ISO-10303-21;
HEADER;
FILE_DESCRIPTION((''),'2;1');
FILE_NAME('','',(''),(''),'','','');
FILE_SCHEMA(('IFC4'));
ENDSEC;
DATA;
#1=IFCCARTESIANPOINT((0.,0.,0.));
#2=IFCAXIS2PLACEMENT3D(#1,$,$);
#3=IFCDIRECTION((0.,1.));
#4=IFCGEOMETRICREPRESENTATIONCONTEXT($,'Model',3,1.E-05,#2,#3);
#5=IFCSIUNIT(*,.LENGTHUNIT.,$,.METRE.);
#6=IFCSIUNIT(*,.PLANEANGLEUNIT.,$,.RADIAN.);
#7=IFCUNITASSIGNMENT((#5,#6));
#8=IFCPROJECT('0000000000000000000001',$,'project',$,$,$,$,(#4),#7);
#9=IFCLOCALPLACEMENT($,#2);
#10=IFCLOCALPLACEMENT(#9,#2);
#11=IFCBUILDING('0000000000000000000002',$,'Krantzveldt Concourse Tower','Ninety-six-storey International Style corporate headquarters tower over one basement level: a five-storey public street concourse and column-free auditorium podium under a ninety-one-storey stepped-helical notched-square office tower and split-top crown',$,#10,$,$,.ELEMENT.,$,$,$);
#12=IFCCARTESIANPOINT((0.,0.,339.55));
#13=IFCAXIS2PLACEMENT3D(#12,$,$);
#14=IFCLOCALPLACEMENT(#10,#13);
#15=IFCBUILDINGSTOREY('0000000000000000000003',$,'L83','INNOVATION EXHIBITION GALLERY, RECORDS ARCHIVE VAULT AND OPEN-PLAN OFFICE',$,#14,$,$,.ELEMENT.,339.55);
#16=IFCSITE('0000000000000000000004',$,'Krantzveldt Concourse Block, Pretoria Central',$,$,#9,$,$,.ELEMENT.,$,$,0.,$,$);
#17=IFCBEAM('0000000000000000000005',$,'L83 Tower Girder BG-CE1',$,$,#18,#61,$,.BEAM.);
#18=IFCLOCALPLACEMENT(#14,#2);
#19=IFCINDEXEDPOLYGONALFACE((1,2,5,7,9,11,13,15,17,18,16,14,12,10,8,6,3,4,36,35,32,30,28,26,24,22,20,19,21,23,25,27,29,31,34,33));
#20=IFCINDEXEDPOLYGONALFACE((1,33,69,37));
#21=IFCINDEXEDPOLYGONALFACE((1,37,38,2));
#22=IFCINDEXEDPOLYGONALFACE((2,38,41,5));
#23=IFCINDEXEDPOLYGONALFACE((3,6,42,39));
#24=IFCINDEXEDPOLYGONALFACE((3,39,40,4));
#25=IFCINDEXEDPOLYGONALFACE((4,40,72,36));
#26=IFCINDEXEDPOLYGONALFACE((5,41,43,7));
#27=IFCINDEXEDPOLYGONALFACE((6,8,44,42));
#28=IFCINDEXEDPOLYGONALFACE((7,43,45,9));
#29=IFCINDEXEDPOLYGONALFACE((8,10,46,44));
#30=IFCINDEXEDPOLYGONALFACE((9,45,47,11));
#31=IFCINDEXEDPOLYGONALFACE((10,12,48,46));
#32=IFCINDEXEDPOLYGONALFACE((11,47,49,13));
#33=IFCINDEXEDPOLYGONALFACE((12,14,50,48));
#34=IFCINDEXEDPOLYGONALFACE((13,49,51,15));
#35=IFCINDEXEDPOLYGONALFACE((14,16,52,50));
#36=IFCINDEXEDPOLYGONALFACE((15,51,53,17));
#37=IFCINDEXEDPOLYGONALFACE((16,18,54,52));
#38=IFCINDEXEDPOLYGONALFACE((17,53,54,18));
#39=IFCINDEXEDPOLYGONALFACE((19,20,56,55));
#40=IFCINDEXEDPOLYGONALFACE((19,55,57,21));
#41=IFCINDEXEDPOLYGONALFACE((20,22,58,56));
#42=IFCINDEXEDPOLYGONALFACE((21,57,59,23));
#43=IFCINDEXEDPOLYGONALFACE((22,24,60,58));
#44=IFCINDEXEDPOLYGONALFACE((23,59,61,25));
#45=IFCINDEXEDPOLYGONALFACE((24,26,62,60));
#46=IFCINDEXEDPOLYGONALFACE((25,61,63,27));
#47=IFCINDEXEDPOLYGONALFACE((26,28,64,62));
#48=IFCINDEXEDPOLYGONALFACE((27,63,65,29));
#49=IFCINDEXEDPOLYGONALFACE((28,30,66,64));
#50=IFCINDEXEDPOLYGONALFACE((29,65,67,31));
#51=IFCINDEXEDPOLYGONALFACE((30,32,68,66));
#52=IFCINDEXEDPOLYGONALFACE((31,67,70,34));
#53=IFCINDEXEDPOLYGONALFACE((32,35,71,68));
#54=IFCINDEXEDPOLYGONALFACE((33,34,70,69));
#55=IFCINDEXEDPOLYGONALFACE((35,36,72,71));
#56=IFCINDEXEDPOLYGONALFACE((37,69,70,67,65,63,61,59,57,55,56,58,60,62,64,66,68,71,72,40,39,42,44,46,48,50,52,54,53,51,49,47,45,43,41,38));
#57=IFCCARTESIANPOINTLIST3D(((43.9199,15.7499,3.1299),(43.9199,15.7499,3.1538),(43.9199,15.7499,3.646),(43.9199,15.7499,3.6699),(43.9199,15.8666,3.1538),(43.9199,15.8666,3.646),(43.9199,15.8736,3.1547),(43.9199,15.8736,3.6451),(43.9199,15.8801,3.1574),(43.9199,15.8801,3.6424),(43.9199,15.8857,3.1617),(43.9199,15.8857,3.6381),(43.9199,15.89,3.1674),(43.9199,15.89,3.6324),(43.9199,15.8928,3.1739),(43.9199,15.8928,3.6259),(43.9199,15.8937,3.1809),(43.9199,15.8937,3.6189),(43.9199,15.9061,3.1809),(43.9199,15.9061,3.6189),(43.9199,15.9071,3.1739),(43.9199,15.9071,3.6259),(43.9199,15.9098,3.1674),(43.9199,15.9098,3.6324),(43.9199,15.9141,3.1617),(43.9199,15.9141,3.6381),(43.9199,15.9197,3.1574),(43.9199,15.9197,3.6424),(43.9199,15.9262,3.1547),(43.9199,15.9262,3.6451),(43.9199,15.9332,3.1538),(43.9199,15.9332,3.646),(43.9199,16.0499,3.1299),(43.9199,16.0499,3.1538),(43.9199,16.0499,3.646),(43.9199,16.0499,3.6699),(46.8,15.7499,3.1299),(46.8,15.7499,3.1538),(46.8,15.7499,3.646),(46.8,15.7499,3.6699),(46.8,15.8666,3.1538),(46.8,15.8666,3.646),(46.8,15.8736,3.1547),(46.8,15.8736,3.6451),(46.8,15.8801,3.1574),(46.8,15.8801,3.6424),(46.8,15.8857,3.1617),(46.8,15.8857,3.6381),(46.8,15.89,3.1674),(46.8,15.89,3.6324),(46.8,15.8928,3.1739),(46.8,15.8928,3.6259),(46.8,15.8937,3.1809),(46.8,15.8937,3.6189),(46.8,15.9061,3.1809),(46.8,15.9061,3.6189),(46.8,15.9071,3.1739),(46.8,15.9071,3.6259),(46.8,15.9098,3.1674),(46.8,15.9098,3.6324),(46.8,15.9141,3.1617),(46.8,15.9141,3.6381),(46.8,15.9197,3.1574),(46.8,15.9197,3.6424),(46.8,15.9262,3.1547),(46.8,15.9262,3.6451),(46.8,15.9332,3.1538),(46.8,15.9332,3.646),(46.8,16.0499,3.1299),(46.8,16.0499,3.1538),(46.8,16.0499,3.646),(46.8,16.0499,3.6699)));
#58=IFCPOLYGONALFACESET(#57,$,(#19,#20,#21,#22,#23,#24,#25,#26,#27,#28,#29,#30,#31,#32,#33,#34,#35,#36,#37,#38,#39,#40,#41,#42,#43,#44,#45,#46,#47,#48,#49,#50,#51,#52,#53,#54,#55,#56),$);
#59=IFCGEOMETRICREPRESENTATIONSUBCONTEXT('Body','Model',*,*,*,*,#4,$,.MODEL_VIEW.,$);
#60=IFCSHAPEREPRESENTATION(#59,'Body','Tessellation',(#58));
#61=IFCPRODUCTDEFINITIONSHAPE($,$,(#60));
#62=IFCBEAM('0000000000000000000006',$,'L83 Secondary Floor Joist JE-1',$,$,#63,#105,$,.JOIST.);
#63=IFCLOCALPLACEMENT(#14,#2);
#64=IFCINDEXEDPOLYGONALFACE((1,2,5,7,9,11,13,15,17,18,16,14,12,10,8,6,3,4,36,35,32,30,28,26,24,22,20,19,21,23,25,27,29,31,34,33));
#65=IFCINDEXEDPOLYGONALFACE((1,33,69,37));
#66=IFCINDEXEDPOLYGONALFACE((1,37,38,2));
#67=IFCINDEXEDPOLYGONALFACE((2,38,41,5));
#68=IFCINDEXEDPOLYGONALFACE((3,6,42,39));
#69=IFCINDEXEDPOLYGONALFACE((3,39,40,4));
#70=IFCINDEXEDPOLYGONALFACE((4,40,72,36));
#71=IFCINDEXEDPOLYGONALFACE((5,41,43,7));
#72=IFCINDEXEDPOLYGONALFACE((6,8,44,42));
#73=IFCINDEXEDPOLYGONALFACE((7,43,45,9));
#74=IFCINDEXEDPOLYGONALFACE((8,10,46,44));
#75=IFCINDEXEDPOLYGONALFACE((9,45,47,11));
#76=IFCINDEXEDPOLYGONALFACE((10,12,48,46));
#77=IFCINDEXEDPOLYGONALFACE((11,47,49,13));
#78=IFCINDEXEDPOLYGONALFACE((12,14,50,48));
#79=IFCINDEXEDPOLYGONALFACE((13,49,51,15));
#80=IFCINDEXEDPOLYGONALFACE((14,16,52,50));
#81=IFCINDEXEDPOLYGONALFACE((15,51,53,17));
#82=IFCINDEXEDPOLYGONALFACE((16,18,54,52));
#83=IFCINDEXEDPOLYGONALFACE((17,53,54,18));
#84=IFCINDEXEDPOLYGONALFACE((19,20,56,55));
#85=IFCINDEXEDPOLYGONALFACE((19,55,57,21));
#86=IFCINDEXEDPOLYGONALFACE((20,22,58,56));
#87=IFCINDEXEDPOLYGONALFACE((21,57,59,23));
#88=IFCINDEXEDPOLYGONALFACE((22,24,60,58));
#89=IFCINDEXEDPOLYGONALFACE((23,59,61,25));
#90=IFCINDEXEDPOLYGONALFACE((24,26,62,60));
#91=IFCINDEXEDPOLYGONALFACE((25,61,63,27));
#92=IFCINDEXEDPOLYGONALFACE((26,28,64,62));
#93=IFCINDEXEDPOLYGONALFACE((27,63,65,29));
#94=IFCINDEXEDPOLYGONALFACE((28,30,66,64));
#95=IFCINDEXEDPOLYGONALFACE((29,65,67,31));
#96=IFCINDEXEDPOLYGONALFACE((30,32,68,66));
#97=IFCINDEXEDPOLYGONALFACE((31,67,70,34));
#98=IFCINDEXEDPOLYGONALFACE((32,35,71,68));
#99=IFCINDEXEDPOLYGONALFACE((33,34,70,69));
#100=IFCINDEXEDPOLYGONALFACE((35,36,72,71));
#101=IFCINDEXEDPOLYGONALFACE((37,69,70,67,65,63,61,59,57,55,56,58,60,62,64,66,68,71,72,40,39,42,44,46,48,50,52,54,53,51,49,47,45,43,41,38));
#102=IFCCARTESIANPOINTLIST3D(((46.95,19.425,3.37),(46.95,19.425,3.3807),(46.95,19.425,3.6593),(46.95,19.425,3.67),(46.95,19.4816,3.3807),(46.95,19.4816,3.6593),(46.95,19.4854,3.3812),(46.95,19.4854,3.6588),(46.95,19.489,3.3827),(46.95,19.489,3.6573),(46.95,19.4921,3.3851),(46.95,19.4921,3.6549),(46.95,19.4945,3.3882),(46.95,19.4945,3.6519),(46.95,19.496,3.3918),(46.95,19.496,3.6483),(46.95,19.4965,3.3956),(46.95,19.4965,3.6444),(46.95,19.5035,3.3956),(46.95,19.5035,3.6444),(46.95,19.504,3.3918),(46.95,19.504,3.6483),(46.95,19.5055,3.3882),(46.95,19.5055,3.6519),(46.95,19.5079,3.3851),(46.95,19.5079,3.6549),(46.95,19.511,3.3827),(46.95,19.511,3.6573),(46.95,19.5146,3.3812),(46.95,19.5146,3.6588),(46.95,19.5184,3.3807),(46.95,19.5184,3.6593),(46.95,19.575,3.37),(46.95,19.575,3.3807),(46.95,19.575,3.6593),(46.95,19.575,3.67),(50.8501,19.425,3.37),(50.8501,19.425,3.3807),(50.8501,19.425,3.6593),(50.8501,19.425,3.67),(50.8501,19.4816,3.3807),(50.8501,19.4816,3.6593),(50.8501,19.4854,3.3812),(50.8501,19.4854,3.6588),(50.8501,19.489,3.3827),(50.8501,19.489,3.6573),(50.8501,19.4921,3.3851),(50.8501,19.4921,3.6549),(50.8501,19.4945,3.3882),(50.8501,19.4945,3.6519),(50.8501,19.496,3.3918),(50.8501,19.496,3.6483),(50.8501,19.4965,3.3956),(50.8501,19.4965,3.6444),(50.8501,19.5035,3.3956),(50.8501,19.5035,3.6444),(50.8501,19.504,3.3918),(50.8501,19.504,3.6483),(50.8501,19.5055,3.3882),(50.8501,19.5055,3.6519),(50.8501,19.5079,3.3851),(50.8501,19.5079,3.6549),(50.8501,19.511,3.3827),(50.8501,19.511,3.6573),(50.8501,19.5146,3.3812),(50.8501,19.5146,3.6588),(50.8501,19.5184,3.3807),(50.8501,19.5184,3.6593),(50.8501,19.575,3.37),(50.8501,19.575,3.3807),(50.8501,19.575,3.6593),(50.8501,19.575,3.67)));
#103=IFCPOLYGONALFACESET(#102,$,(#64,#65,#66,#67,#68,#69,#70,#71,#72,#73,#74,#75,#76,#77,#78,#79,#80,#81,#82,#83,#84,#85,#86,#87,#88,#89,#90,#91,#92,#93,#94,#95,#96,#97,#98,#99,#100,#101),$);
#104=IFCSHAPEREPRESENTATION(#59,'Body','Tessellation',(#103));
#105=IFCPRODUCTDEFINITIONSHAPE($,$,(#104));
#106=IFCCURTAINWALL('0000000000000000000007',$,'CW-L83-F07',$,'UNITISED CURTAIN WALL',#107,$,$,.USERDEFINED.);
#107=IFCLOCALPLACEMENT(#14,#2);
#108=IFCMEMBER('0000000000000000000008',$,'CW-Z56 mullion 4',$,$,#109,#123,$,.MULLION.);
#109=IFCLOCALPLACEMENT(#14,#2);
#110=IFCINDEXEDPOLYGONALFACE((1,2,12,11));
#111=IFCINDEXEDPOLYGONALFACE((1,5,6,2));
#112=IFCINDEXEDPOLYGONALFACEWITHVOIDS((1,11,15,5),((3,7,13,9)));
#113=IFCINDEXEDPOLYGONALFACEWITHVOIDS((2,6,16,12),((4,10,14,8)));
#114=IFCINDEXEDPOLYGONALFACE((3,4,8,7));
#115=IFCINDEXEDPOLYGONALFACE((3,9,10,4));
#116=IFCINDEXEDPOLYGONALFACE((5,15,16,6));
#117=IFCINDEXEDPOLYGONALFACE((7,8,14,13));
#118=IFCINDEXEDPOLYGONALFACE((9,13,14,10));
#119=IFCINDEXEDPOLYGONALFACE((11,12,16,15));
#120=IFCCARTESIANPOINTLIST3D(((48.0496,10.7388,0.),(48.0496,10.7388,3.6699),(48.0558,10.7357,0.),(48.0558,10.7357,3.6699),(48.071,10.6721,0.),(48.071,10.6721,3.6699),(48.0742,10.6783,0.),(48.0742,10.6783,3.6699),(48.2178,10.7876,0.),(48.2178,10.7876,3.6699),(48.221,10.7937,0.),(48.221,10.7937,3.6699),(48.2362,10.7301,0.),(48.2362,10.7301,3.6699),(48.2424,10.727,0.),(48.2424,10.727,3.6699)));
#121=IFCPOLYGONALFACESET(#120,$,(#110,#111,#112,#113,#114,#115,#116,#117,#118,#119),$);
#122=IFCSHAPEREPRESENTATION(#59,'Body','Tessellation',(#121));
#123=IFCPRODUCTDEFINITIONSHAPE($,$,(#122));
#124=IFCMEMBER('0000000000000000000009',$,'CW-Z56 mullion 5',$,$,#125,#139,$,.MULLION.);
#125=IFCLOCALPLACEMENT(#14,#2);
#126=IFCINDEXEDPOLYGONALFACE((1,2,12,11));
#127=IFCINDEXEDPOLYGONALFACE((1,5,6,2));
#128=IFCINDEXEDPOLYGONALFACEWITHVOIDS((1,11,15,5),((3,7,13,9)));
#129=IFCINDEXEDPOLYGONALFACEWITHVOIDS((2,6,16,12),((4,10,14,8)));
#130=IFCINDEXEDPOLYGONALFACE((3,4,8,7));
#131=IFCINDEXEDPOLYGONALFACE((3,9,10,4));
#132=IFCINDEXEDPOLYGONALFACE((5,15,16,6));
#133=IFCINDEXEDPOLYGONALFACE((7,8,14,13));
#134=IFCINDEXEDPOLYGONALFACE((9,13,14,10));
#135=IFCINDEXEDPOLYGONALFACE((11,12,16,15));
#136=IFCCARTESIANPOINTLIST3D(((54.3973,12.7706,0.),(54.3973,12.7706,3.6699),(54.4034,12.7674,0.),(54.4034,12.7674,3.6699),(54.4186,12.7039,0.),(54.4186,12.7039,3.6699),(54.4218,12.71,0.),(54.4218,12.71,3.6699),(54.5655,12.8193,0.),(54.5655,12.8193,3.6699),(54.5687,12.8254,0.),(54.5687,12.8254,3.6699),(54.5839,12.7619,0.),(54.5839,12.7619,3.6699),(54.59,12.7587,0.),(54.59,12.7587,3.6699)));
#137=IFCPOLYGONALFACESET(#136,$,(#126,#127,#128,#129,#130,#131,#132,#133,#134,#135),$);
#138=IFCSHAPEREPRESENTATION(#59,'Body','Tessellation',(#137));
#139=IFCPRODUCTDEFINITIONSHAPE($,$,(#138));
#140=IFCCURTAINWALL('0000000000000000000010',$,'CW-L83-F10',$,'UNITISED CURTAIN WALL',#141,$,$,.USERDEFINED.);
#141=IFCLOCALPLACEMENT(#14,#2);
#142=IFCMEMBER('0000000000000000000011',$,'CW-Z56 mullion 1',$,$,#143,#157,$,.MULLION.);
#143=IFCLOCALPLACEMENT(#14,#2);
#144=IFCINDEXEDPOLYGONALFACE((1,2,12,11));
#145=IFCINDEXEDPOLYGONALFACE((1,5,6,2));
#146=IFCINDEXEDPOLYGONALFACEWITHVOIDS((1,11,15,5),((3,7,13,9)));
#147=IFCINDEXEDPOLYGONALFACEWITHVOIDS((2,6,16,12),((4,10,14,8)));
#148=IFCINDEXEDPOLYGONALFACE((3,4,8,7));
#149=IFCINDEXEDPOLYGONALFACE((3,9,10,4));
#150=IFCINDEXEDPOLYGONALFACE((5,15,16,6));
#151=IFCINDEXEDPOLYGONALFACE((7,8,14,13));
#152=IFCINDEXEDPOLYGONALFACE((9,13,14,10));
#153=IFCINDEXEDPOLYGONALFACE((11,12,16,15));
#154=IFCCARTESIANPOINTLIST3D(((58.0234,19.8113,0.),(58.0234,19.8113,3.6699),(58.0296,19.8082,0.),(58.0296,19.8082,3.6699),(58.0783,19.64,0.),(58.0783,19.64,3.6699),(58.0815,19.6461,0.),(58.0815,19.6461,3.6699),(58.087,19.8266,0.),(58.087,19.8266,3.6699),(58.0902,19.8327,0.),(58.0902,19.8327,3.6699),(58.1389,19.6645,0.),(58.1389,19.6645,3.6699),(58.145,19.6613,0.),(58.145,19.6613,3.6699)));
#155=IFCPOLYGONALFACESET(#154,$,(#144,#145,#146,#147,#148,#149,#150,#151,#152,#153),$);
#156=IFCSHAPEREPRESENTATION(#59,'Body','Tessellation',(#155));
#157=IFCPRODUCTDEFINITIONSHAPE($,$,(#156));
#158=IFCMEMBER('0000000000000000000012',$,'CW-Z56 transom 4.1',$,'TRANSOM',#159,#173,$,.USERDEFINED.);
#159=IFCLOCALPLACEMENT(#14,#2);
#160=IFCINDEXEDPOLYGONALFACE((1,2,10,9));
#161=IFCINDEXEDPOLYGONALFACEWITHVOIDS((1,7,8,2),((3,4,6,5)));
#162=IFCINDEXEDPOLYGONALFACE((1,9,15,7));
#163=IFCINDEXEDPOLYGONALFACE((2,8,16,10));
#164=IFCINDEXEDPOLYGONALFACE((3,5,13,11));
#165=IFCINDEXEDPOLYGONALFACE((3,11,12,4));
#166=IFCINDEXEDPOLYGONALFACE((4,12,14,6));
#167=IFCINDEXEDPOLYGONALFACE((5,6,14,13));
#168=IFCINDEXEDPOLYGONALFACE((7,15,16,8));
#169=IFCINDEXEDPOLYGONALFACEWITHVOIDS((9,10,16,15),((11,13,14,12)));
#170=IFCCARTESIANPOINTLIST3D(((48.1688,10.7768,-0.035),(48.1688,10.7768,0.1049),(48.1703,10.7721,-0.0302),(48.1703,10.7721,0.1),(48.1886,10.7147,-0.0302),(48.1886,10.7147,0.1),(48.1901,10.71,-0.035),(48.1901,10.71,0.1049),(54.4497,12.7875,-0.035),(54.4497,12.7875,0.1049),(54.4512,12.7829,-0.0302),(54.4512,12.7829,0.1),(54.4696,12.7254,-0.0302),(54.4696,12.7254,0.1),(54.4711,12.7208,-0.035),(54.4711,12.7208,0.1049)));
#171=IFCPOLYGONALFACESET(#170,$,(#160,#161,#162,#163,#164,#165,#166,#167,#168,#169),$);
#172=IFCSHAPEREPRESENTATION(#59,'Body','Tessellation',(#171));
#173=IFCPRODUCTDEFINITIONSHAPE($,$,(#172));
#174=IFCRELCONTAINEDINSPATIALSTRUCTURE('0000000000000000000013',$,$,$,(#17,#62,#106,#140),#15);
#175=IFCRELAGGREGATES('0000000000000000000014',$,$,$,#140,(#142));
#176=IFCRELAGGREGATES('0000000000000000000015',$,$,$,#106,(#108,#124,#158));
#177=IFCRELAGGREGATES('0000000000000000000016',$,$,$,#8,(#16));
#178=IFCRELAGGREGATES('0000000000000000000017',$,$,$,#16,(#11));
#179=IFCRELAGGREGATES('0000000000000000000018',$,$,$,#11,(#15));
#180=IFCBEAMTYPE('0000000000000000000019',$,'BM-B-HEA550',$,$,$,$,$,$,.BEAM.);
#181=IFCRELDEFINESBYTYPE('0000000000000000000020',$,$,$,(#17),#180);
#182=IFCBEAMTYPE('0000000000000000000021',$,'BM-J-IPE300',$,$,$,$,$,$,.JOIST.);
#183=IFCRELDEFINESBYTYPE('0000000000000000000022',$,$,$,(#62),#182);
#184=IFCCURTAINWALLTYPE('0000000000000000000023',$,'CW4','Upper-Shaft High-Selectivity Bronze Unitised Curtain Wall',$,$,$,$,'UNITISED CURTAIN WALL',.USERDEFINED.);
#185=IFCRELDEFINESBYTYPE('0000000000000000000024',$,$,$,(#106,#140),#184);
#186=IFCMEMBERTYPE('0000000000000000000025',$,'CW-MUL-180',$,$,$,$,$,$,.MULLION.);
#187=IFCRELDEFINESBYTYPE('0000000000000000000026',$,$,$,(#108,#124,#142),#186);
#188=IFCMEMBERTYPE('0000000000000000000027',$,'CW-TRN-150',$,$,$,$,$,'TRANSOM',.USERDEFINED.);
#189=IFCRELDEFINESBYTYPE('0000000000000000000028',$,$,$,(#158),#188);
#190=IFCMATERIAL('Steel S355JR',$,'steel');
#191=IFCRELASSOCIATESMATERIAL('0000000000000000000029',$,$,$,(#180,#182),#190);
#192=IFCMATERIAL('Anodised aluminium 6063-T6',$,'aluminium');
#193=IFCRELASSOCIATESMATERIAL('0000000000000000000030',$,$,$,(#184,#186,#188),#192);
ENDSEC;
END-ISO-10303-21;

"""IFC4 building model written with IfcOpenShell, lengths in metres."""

from ifc_helpers import new_model, si_unit, direction, frame, origin, origin_2d, place, context, subcontext, project, spatial, hollow_rectangle, i_section, extrude, source, transform, mapped, material, material_profile, profile_set, type_object, type_shapes, element, aggregate, save


model = new_model("IFC4")

# Units and contexts
model_context = context("Model", 3, precision=1e-05, world=origin(), true_north=direction((0.0, 1.0)))
body_context = subcontext(model_context, "Body", "Model", "MODEL_VIEW")
ifc_project = project(units=[si_unit("LENGTHUNIT", "METRE"), si_unit("PLANEANGLEUNIT", "RADIAN")], contexts=[model_context])

# Site, building, storey
site_placement = place(None, origin())
site = spatial("IfcSite", under=ifc_project, at=site_placement, Name="Krantzveldt Concourse Block, Pretoria Central", CompositionType="ELEMENT", RefElevation=0.0)
building_placement = place(site_placement, origin())
building = spatial("IfcBuilding", under=site, at=building_placement, Name="Krantzveldt Concourse Tower", Description="Ninety-six-storey International Style corporate headquarters tower over one basement level: a five-storey public street concourse and column-free auditorium podium under a ninety-one-storey stepped-helical notched-square office tower and split-top crown", CompositionType="ELEMENT")
storey_placement = place(building_placement, frame((0.0, 0.0, 339.55)))
storey = spatial("IfcBuildingStorey", under=building, at=storey_placement, Name="L83", Description="INNOVATION EXHIBITION GALLERY, RECORDS ARCHIVE VAULT AND OPEN-PLAN OFFICE", CompositionType="ELEMENT", Elevation=339.55)

# Beams
ifc_material_1 = material(Name="Steel S355JR", Category="steel")
ifc_material_profile_1 = material_profile(ifc_material_1, i_section(OverallWidth=0.3, OverallDepth=0.54, WebThickness=0.0125, FlangeThickness=0.0239, FilletRadius=0.0271, at=origin_2d()), Name="Steel S355JR", Category="steel")
ifc_profile_set_1 = profile_set([ifc_material_profile_1], Name="Steel S355JR - HEA 550")
beam_type_1 = type_object("IfcBeamType", Name="BM-B-HEA550", PredefinedType="BEAM", material=ifc_profile_set_1)
shared_shape_1 = source(origin(), body_context, "Body", "SweptSolid", [
    extrude(i_section(OverallWidth=0.3, OverallDepth=0.54, WebThickness=0.0125, FlangeThickness=0.0239, FilletRadius=0.0271, at=origin_2d()), origin(), (0.0, 0.0, 1.0), 2.8801),
])
beam_1_placement = place(storey_placement, frame((43.9199, 15.8999, 3.3999), z_axis=(1.0, 0.0, 0.0), x_axis=(0.0, 1.0, 0.0)))
element("IfcBeam", 1, at=beam_1_placement, inside=storey, type_object=beam_type_1, Name="L83 Tower Girder BG-CE1", PredefinedType="BEAM", context=body_context, shape_type="MappedRepresentation", body=[
    mapped(shared_shape_1, transform((0.0, 0.0, 0.0), x_axis=(1.0, 0.0, 0.0), y_axis=(0.0, 1.0, 0.0), z_axis=(0.0, 0.0, 1.0), scale=1.0)),
])
ifc_material_profile_2 = material_profile(ifc_material_1, i_section(OverallWidth=0.1499, OverallDepth=0.3, WebThickness=0.0071, FlangeThickness=0.0107, FilletRadius=0.0149, at=origin_2d()), Name="Steel S355JR", Category="steel")
ifc_profile_set_2 = profile_set([ifc_material_profile_2], Name="Steel S355JR - IPE 300")
beam_type_2 = type_object("IfcBeamType", Name="BM-J-IPE300", PredefinedType="JOIST", material=ifc_profile_set_2)
shared_shape_2 = source(origin(), body_context, "Body", "SweptSolid", [
    extrude(i_section(OverallWidth=0.1499, OverallDepth=0.3, WebThickness=0.0071, FlangeThickness=0.0107, FilletRadius=0.0149, at=origin_2d()), origin(), (0.0, 0.0, 1.0), 3.9001),
])
type_shapes(beam_type_2, [shared_shape_2])
beam_2_placement = place(storey_placement, frame((46.95, 19.5, 3.52), z_axis=(1.0, 0.0, 0.0), x_axis=(0.0, 1.0, 0.0)))
element("IfcBeam", 2, at=beam_2_placement, inside=storey, type_object=beam_type_2, Name="L83 Secondary Floor Joist JE-1", PredefinedType="JOIST", context=body_context, shape_type="MappedRepresentation", body=[
    mapped(shared_shape_2, transform((0.0, 0.0, 0.0), x_axis=(1.0, 0.0, 0.0), y_axis=(0.0, 1.0, 0.0), z_axis=(0.0, 0.0, 1.0), scale=1.0)),
])

# Curtain wall, members
ifc_material_2 = material(Name="Anodised aluminium 6063-T6", Category="aluminium")
curtain_wall_type = type_object("IfcCurtainWallType", Name="CW4", Description="Upper-Shaft High-Selectivity Bronze Unitised Curtain Wall", ElementType="UNITISED CURTAIN WALL", PredefinedType="USERDEFINED", material=ifc_material_2)
curtain_wall_1_placement = place(storey_placement, origin())
curtain_wall_1 = element("IfcCurtainWall", 3, at=curtain_wall_1_placement, inside=storey, type_object=curtain_wall_type, Name="CW-L83-F07", ObjectType="UNITISED CURTAIN WALL", PredefinedType="USERDEFINED")
ifc_material_profile_3 = material_profile(ifc_material_2, hollow_rectangle(XDim=0.0701, YDim=0.1799, WallThickness=0.0049, at=origin_2d()), Name="Anodised aluminium 6063-T6", Category="aluminium")
ifc_profile_set_3 = profile_set([ifc_material_profile_3], Name="Anodised aluminium 6063-T6 - ALU-MULL 180x70x5")
member_type_1 = type_object("IfcMemberType", Name="CW-MUL-180", PredefinedType="MULLION", material=ifc_profile_set_3)
shared_shape_3 = source(origin(), body_context, "Body", "SweptSolid", [
    extrude(hollow_rectangle(XDim=0.0701, YDim=0.1799, WallThickness=0.0049, at=origin_2d()), origin(), (0.0, 0.0, 1.0), 3.6699),
])
type_shapes(member_type_1, [shared_shape_3])
member_1_placement = place(storey_placement, frame((48.146, 10.7329, 0.0), z_axis=(0.0, 0.0, 1.0), x_axis=(-0.304864, 0.952396, 0.0)))
member_1 = element("IfcMember", 4, at=member_1_placement, type_object=member_type_1, Name="CW-Z56 mullion 4", PredefinedType="MULLION", context=body_context, shape_type="MappedRepresentation", body=[
    mapped(shared_shape_3, transform((0.0, 0.0, 0.0), x_axis=(1.0, 0.0, 0.0), y_axis=(0.0, 1.0, 0.0), z_axis=(0.0, 0.0, 1.0), scale=1.0)),
])
member_2_placement = place(storey_placement, frame((54.4937, 12.7646, 0.0), z_axis=(0.0, 0.0, 1.0), x_axis=(-0.304864, 0.952396, 0.0)))
member_2 = element("IfcMember", 5, at=member_2_placement, type_object=member_type_1, Name="CW-Z56 mullion 5", PredefinedType="MULLION", context=body_context, shape_type="MappedRepresentation", body=[
    mapped(shared_shape_3, transform((0.0, 0.0, 0.0), x_axis=(1.0, 0.0, 0.0), y_axis=(0.0, 1.0, 0.0), z_axis=(0.0, 0.0, 1.0), scale=1.0)),
])

# Curtain wall, member
curtain_wall_2_placement = place(storey_placement, origin())
curtain_wall_2 = element("IfcCurtainWall", 6, at=curtain_wall_2_placement, inside=storey, type_object=curtain_wall_type, Name="CW-L83-F10", ObjectType="UNITISED CURTAIN WALL", PredefinedType="USERDEFINED")
member_3_placement = place(storey_placement, frame((58.0842, 19.7363, 0.0), z_axis=(0.0, 0.0, 1.0), x_axis=(-0.952396, -0.304865, 0.0)))
member_3 = element("IfcMember", 7, at=member_3_placement, type_object=member_type_1, Name="CW-Z56 mullion 1", PredefinedType="MULLION", context=body_context, shape_type="MappedRepresentation", body=[
    mapped(shared_shape_3, transform((0.0, 0.0, 0.0), x_axis=(1.0, 0.0, 0.0), y_axis=(0.0, 1.0, 0.0), z_axis=(0.0, 0.0, 1.0), scale=1.0)),
])

# Member
ifc_material_profile_4 = material_profile(ifc_material_2, hollow_rectangle(XDim=0.0701, YDim=0.1399, WallThickness=0.0049, at=origin_2d()), Name="Anodised aluminium 6063-T6", Category="aluminium")
ifc_profile_set_4 = profile_set([ifc_material_profile_4], Name="Anodised aluminium 6063-T6 - ALU-TRAN 140x70x5")
member_type_2 = type_object("IfcMemberType", Name="CW-TRN-150", ElementType="TRANSOM", PredefinedType="USERDEFINED", material=ifc_profile_set_4)
shared_shape_4 = source(origin(), body_context, "Body", "SweptSolid", [
    extrude(hollow_rectangle(XDim=0.0701, YDim=0.1399, WallThickness=0.0049, at=origin_2d()), origin(), (0.0, 0.0, 1.0), 6.595),
])
member_4_placement = place(storey_placement, frame((48.1794, 10.7434, 0.0349), z_axis=(0.952388, 0.304889, 0.0), x_axis=(-0.304889, 0.952388, 0.0)))
member_4 = element("IfcMember", 8, at=member_4_placement, type_object=member_type_2, Name="CW-Z56 transom 4.1", ObjectType="TRANSOM", PredefinedType="USERDEFINED", context=body_context, shape_type="MappedRepresentation", body=[
    mapped(shared_shape_4, transform((0.0, 0.0, 0.0), x_axis=(1.0, 0.0, 0.0), y_axis=(0.0, 1.0, 0.0), z_axis=(0.0, 0.0, 1.0), scale=1.0)),
])
aggregate(curtain_wall_2, [member_3])

aggregate(curtain_wall_1, [member_1, member_2, member_4])

save(model, "model.ifc")
